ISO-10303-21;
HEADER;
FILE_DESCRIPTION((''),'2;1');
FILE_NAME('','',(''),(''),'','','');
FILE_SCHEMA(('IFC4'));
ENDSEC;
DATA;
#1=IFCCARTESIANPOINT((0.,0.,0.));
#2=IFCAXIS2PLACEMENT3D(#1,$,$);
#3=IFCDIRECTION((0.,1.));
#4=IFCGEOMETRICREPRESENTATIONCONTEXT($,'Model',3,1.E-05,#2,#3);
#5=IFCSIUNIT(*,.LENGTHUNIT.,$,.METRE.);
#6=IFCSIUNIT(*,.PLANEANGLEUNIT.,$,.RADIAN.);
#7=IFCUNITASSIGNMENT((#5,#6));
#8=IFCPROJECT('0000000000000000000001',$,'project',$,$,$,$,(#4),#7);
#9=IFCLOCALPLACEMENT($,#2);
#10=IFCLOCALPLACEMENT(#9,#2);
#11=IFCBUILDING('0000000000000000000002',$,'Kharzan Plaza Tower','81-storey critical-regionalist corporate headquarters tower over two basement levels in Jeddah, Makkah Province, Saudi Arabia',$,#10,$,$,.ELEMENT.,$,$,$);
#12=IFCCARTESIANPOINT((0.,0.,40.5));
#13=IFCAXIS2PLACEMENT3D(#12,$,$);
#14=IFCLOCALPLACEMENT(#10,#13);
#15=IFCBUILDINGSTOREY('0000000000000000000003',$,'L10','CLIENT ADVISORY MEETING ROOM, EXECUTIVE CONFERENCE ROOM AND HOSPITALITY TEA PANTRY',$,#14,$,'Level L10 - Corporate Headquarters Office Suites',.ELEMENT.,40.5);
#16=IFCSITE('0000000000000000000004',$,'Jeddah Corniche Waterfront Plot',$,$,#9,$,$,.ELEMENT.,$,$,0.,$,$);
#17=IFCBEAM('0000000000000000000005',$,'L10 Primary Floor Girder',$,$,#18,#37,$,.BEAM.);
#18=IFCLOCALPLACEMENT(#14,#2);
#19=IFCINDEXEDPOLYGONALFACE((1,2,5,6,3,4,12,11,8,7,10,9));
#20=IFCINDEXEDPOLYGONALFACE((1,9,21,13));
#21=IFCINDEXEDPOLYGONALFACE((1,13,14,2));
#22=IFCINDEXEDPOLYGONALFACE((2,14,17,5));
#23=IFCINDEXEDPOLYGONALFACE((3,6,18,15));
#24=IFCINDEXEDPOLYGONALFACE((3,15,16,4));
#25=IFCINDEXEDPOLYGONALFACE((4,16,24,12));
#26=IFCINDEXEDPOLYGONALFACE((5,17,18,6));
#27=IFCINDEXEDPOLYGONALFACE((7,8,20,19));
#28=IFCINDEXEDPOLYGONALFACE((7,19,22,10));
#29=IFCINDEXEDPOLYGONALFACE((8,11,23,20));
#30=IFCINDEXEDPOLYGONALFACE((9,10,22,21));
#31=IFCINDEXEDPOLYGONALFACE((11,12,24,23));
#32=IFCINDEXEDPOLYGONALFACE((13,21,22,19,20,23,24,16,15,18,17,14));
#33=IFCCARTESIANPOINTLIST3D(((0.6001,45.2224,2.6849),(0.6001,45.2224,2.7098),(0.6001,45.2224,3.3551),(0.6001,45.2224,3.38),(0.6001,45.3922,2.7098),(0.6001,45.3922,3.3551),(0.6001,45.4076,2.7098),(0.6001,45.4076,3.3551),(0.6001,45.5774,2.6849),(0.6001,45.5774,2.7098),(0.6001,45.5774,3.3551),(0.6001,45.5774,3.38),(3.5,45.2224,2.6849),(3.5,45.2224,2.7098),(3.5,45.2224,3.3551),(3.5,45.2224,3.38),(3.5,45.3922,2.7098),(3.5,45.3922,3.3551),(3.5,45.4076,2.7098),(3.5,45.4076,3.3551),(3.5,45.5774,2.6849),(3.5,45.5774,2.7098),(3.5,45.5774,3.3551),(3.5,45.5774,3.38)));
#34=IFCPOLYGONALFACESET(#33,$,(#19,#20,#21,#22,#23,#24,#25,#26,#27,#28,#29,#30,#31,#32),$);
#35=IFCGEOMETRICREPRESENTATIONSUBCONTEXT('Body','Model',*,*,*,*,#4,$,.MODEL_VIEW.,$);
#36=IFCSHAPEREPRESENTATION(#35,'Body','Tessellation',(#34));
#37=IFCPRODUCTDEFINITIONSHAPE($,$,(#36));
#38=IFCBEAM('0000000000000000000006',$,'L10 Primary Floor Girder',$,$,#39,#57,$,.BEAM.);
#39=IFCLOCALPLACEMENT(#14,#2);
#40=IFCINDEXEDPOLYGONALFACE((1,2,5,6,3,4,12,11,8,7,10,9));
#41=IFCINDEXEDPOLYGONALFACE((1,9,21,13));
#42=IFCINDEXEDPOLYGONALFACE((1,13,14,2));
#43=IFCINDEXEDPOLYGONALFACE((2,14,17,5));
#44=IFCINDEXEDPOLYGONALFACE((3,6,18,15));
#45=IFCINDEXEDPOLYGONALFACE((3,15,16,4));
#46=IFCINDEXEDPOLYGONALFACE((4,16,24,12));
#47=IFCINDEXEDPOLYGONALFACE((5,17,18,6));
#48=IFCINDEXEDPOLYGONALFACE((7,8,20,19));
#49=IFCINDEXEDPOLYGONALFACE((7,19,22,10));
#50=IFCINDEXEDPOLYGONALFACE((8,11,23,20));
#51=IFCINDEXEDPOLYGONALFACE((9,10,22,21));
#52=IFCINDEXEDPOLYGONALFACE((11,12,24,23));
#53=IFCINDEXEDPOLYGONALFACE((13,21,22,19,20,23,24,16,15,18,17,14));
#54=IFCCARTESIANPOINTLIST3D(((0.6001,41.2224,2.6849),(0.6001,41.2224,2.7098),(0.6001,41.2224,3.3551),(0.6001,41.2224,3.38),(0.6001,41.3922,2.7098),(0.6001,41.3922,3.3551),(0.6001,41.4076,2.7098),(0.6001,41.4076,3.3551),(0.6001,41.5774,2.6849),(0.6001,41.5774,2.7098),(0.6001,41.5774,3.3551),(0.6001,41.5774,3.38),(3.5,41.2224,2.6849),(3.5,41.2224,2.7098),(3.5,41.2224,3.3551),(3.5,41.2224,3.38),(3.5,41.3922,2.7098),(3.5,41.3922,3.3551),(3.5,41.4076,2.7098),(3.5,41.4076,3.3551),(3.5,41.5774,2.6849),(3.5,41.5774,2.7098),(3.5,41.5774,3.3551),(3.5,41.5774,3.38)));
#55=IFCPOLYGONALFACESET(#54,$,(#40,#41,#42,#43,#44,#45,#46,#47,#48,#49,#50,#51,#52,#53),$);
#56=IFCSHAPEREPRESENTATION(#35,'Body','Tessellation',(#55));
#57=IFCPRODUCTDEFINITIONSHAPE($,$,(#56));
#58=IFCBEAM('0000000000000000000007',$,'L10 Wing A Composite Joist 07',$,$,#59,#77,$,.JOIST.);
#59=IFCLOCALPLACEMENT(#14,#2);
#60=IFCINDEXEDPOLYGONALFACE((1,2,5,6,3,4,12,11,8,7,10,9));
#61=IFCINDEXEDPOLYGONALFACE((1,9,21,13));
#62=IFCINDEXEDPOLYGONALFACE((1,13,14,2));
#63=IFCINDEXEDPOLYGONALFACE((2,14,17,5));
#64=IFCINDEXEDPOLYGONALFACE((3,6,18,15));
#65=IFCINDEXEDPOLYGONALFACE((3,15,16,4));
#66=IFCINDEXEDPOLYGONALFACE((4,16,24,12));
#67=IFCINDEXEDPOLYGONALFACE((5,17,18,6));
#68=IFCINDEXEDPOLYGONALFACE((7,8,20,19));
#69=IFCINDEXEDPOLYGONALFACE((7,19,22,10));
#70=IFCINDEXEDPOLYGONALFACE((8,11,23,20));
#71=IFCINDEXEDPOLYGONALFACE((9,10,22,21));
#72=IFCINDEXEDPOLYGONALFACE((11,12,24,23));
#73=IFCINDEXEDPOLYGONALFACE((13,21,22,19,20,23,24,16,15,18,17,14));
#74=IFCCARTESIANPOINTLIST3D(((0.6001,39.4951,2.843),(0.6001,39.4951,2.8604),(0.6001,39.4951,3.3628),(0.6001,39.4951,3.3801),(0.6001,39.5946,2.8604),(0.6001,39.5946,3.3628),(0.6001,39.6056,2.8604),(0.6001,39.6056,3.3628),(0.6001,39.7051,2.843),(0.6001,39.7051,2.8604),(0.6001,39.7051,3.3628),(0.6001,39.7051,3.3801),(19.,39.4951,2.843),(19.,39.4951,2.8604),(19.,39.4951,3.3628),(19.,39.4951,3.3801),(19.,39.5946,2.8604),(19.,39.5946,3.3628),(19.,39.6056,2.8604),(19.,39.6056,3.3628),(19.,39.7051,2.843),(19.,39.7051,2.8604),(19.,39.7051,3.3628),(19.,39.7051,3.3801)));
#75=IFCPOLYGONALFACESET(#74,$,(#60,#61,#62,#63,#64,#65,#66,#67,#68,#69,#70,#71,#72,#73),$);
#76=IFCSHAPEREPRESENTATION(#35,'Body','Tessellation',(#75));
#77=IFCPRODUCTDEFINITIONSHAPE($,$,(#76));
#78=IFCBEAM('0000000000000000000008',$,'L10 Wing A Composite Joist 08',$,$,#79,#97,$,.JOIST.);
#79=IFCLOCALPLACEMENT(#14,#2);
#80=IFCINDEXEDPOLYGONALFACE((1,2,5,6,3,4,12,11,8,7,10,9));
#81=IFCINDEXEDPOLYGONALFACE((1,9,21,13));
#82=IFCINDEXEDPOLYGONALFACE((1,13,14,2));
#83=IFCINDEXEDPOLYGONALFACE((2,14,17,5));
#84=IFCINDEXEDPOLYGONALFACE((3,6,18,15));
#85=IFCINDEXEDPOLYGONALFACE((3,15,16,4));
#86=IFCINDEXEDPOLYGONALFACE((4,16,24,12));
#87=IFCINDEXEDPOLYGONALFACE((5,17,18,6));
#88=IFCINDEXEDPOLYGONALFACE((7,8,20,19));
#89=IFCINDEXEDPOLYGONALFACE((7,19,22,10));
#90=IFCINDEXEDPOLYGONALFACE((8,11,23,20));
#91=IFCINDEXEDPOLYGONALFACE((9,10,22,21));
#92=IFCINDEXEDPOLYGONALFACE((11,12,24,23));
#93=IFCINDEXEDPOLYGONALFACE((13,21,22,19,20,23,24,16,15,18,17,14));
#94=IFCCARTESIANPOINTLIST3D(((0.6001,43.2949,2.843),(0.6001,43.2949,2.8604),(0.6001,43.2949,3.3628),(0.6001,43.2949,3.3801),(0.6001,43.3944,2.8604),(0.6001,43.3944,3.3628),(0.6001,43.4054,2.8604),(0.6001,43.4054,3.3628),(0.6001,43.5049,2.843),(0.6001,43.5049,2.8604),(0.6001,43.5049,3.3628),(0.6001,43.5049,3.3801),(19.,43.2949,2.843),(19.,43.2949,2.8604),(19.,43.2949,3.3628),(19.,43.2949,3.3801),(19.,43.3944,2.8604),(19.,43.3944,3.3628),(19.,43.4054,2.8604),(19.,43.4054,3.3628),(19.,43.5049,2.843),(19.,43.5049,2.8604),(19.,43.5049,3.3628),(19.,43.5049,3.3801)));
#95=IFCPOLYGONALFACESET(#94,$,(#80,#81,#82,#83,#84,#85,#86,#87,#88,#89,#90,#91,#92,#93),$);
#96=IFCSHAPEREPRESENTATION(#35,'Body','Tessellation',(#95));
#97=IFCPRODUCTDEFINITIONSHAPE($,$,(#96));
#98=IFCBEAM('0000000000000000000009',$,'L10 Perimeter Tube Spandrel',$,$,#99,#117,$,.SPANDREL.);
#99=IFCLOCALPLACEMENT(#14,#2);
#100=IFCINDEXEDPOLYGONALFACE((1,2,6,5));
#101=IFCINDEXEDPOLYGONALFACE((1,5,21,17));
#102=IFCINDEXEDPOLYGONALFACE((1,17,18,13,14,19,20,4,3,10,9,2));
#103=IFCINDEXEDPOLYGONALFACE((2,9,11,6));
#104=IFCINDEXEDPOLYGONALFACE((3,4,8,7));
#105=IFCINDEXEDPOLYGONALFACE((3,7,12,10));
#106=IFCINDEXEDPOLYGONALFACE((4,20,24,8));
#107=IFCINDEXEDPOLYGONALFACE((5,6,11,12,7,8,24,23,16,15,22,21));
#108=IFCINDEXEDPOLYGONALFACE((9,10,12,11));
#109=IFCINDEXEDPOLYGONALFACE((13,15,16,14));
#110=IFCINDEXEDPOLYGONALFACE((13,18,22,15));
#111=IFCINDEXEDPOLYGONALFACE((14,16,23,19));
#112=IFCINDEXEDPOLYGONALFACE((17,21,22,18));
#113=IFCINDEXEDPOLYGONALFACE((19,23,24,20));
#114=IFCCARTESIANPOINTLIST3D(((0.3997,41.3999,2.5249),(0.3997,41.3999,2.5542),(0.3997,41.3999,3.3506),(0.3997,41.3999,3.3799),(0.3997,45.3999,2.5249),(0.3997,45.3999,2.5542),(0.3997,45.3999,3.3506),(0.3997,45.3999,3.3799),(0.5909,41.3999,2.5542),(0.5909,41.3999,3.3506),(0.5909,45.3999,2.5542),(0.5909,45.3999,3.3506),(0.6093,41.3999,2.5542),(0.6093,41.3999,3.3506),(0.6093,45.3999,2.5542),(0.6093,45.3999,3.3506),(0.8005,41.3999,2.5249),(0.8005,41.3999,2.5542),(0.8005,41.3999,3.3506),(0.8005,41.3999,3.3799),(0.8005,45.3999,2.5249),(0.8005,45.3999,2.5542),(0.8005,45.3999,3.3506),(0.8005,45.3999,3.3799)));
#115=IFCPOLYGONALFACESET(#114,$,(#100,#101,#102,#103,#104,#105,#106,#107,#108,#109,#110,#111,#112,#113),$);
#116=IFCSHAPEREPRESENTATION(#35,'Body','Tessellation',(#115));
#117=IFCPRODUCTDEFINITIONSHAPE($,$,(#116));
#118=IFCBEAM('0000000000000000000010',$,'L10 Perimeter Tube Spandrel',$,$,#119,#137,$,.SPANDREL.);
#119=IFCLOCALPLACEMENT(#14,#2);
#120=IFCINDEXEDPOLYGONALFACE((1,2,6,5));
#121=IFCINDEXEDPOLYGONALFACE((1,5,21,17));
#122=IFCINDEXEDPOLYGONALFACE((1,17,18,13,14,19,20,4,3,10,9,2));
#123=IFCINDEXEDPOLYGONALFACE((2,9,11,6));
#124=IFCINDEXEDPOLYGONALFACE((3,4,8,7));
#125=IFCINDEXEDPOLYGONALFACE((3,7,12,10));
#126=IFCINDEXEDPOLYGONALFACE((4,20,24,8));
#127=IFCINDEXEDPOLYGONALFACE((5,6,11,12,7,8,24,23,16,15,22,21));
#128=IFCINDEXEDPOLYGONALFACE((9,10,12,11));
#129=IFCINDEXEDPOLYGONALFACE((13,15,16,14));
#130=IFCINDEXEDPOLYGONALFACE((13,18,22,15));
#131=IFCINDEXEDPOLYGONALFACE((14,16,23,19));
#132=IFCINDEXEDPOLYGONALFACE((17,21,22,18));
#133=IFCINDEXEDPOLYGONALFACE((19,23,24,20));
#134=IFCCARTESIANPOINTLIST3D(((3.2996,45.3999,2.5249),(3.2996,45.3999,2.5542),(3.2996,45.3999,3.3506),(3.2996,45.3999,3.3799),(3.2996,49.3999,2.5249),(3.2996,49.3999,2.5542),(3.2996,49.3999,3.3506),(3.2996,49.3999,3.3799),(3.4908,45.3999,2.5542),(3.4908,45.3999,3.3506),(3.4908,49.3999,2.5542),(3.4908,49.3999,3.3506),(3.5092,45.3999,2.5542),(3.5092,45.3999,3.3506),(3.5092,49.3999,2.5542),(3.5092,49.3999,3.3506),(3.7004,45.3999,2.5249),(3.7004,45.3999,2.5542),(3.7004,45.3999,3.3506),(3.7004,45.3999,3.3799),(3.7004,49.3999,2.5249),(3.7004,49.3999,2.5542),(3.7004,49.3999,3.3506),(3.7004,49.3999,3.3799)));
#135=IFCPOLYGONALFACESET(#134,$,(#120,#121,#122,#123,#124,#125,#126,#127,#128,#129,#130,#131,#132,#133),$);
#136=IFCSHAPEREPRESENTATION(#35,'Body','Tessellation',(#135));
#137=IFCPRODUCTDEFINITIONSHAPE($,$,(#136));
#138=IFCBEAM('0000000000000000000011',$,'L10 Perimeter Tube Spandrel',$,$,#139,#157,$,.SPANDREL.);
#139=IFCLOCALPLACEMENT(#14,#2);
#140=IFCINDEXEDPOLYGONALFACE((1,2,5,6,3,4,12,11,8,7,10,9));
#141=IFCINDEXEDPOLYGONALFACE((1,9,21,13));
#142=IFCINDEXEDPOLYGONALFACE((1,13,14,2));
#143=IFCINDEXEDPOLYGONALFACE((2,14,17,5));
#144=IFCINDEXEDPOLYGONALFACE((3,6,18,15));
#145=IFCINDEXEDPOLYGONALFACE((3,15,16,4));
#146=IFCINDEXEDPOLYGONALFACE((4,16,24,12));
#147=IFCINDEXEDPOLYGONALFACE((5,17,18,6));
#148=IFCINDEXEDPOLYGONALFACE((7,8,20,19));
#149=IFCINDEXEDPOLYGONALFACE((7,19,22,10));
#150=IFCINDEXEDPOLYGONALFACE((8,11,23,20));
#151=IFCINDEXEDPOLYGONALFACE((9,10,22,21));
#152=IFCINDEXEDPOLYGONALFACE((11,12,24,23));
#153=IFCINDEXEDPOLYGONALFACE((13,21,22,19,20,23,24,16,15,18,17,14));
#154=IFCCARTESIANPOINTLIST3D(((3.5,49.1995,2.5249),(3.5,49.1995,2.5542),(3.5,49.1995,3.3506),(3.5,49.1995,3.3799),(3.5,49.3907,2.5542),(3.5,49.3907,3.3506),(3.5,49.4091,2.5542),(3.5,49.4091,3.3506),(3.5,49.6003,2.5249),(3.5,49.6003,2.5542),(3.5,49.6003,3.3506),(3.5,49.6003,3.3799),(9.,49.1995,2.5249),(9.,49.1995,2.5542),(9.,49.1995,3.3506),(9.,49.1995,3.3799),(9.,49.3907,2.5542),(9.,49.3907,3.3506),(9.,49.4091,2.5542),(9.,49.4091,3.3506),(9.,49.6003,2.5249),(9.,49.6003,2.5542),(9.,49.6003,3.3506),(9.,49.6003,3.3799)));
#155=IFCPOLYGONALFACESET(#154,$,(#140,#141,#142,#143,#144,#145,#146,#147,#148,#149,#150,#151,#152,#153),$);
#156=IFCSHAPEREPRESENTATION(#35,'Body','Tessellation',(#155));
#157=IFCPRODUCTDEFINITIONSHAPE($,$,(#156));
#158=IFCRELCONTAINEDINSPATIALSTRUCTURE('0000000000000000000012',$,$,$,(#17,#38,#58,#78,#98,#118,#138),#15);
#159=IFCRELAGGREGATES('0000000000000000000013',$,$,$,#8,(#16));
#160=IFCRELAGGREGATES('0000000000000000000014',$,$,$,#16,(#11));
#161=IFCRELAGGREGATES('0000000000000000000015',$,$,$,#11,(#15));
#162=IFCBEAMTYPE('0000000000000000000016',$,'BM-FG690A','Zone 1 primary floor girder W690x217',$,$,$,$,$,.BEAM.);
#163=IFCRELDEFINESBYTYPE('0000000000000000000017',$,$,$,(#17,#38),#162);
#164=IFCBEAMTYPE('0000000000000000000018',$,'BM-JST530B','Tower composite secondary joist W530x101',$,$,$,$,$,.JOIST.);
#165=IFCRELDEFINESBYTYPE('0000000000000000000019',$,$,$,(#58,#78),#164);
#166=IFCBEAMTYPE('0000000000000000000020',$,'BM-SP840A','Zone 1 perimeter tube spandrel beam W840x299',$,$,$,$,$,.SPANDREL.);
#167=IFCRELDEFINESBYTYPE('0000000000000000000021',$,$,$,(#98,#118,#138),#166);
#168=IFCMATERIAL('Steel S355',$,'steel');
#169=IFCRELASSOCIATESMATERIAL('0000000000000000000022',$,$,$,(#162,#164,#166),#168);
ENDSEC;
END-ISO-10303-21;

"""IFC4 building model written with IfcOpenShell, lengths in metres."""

from ifc_helpers import new_model, si_unit, direction, frame, origin, origin_2d, place, context, subcontext, project, spatial, i_section, extrude, source, transform, mapped, material, material_profile, profile_set, type_object, element, save


model = new_model("IFC4")

# Units and contexts
model_context = context("Model", 3, precision=1e-05, world=origin(), true_north=direction((0.0, 1.0)))
body_context = subcontext(model_context, "Body", "Model", "MODEL_VIEW")
ifc_project = project(units=[si_unit("LENGTHUNIT", "METRE"), si_unit("PLANEANGLEUNIT", "RADIAN")], contexts=[model_context])

# Site, building, storey
site_placement = place(None, origin())
site = spatial("IfcSite", under=ifc_project, at=site_placement, Name="Jeddah Corniche Waterfront Plot", CompositionType="ELEMENT", RefElevation=0.0)
building_placement = place(site_placement, origin())
building = spatial("IfcBuilding", under=site, at=building_placement, Name="Kharzan Plaza Tower", Description="81-storey critical-regionalist corporate headquarters tower over two basement levels in Jeddah, Makkah Province, Saudi Arabia", CompositionType="ELEMENT")
storey_placement = place(building_placement, frame((0.0, 0.0, 40.5)))
storey = spatial("IfcBuildingStorey", under=building, at=storey_placement, Name="L10", Description="CLIENT ADVISORY MEETING ROOM, EXECUTIVE CONFERENCE ROOM AND HOSPITALITY TEA PANTRY", LongName="Level L10 - Corporate Headquarters Office Suites", CompositionType="ELEMENT", Elevation=40.5)

# Beams
ifc_material_1 = material(Name="Steel S355", Category="steel")
ifc_material_profile_1 = material_profile(ifc_material_1, i_section(OverallWidth=0.355, OverallDepth=0.6951, WebThickness=0.0154, FlangeThickness=0.0249, at=origin_2d()), Name="W690x217")
ifc_profile_set_1 = profile_set([ifc_material_profile_1], Name="Steel S355")
beam_type_1 = type_object("IfcBeamType", Name="BM-FG690A", Description="Zone 1 primary floor girder W690x217", PredefinedType="BEAM", material=ifc_profile_set_1)
shared_shape_1 = source(origin(), body_context, "Body", "SweptSolid", [
    extrude(i_section(OverallWidth=0.355, OverallDepth=0.6951, WebThickness=0.0154, FlangeThickness=0.0249, at=origin_2d()), origin(), (0.0, 0.0, 1.0), 2.8999),
])
for number, where, z_axis, x_axis, name in (
    (1, (0.6001, 45.3999, 3.0325), (1.0, 0.0, 0.0), (0.0, 1.0, 0.0), "L10 Primary Floor Girder"),
    (2, (0.6001, 41.3999, 3.0325), (1.0, 0.0, 0.0), (0.0, 1.0, 0.0), "L10 Primary Floor Girder"),
):
    element("IfcBeam", number, at=place(storey_placement, frame(where, z_axis=z_axis, x_axis=x_axis)), inside=storey, type_object=beam_type_1, Name=name, PredefinedType="BEAM", context=body_context, shape_type="MappedRepresentation", body=[
        mapped(shared_shape_1, transform((0.0, 0.0, 0.0), x_axis=(1.0, 0.0, 0.0), y_axis=(0.0, 1.0, 0.0), z_axis=(0.0, 0.0, 1.0))),
    ])
ifc_material_profile_2 = material_profile(ifc_material_1, i_section(OverallWidth=0.21, OverallDepth=0.5371, WebThickness=0.011, FlangeThickness=0.0173, at=origin_2d()), Name="W530x101")
ifc_profile_set_2 = profile_set([ifc_material_profile_2], Name="Steel S355")
beam_type_2 = type_object("IfcBeamType", Name="BM-JST530B", Description="Tower composite secondary joist W530x101", PredefinedType="JOIST", material=ifc_profile_set_2)
shared_shape_2 = source(origin(), body_context, "Body", "SweptSolid", [
    extrude(i_section(OverallWidth=0.21, OverallDepth=0.5371, WebThickness=0.011, FlangeThickness=0.0173, at=origin_2d()), origin(), (0.0, 0.0, 1.0), 18.3999),
])
for number, where, z_axis, x_axis, name in (
    (3, (0.6001, 39.6001, 3.1116), (1.0, 0.0, 0.0), (0.0, 1.0, 0.0), "L10 Wing A Composite Joist 07"),
    (4, (0.6001, 43.3999, 3.1116), (1.0, 0.0, 0.0), (0.0, 1.0, 0.0), "L10 Wing A Composite Joist 08"),
):
    element("IfcBeam", number, at=place(storey_placement, frame(where, z_axis=z_axis, x_axis=x_axis)), inside=storey, type_object=beam_type_2, Name=name, PredefinedType="JOIST", context=body_context, shape_type="MappedRepresentation", body=[
        mapped(shared_shape_2, transform((0.0, 0.0, 0.0), x_axis=(1.0, 0.0, 0.0), y_axis=(0.0, 1.0, 0.0), z_axis=(0.0, 0.0, 1.0))),
    ])
ifc_material_profile_3 = material_profile(ifc_material_1, i_section(OverallWidth=0.4009, OverallDepth=0.855, WebThickness=0.0183, FlangeThickness=0.0293, at=origin_2d()), Name="W840x299")
ifc_profile_set_3 = profile_set([ifc_material_profile_3], Name="Steel S355")
beam_type_3 = type_object("IfcBeamType", Name="BM-SP840A", Description="Zone 1 perimeter tube spandrel beam W840x299", PredefinedType="SPANDREL", material=ifc_profile_set_3)
shared_shape_3 = source(origin(), body_context, "Body", "SweptSolid", [
    extrude(i_section(OverallWidth=0.4009, OverallDepth=0.855, WebThickness=0.0183, FlangeThickness=0.0293, at=origin_2d()), origin(), (0.0, 0.0, 1.0), 4.0),
])
for number, where, z_axis, x_axis, name in (
    (5, (0.6001, 41.3999, 2.9524), (0.0, 1.0, 0.0), (-1.0, 0.0, 0.0), "L10 Perimeter Tube Spandrel"),
    (6, (3.5, 45.3999, 2.9524), (0.0, 1.0, 0.0), (-1.0, 0.0, 0.0), "L10 Perimeter Tube Spandrel"),
):
    element("IfcBeam", number, at=place(storey_placement, frame(where, z_axis=z_axis, x_axis=x_axis)), inside=storey, type_object=beam_type_3, Name=name, PredefinedType="SPANDREL", context=body_context, shape_type="MappedRepresentation", body=[
        mapped(shared_shape_3, transform((0.0, 0.0, 0.0), x_axis=(1.0, 0.0, 0.0), y_axis=(0.0, 1.0, 0.0), z_axis=(0.0, 0.0, 1.0))),
    ])
shared_shape_4 = source(origin(), body_context, "Body", "SweptSolid", [
    extrude(i_section(OverallWidth=0.4009, OverallDepth=0.855, WebThickness=0.0183, FlangeThickness=0.0293, at=origin_2d()), origin(), (0.0, 0.0, 1.0), 5.5),
])
beam_1_placement = place(storey_placement, frame((3.5, 49.3999, 2.9524), z_axis=(1.0, 0.0, 0.0), x_axis=(0.0, 1.0, 0.0)))
element("IfcBeam", 7, at=beam_1_placement, inside=storey, type_object=beam_type_3, Name="L10 Perimeter Tube Spandrel", PredefinedType="SPANDREL", context=body_context, shape_type="MappedRepresentation", body=[
    mapped(shared_shape_4, transform((0.0, 0.0, 0.0), x_axis=(1.0, 0.0, 0.0), y_axis=(0.0, 1.0, 0.0), z_axis=(0.0, 0.0, 1.0))),
])

save(model, "model.ifc")
